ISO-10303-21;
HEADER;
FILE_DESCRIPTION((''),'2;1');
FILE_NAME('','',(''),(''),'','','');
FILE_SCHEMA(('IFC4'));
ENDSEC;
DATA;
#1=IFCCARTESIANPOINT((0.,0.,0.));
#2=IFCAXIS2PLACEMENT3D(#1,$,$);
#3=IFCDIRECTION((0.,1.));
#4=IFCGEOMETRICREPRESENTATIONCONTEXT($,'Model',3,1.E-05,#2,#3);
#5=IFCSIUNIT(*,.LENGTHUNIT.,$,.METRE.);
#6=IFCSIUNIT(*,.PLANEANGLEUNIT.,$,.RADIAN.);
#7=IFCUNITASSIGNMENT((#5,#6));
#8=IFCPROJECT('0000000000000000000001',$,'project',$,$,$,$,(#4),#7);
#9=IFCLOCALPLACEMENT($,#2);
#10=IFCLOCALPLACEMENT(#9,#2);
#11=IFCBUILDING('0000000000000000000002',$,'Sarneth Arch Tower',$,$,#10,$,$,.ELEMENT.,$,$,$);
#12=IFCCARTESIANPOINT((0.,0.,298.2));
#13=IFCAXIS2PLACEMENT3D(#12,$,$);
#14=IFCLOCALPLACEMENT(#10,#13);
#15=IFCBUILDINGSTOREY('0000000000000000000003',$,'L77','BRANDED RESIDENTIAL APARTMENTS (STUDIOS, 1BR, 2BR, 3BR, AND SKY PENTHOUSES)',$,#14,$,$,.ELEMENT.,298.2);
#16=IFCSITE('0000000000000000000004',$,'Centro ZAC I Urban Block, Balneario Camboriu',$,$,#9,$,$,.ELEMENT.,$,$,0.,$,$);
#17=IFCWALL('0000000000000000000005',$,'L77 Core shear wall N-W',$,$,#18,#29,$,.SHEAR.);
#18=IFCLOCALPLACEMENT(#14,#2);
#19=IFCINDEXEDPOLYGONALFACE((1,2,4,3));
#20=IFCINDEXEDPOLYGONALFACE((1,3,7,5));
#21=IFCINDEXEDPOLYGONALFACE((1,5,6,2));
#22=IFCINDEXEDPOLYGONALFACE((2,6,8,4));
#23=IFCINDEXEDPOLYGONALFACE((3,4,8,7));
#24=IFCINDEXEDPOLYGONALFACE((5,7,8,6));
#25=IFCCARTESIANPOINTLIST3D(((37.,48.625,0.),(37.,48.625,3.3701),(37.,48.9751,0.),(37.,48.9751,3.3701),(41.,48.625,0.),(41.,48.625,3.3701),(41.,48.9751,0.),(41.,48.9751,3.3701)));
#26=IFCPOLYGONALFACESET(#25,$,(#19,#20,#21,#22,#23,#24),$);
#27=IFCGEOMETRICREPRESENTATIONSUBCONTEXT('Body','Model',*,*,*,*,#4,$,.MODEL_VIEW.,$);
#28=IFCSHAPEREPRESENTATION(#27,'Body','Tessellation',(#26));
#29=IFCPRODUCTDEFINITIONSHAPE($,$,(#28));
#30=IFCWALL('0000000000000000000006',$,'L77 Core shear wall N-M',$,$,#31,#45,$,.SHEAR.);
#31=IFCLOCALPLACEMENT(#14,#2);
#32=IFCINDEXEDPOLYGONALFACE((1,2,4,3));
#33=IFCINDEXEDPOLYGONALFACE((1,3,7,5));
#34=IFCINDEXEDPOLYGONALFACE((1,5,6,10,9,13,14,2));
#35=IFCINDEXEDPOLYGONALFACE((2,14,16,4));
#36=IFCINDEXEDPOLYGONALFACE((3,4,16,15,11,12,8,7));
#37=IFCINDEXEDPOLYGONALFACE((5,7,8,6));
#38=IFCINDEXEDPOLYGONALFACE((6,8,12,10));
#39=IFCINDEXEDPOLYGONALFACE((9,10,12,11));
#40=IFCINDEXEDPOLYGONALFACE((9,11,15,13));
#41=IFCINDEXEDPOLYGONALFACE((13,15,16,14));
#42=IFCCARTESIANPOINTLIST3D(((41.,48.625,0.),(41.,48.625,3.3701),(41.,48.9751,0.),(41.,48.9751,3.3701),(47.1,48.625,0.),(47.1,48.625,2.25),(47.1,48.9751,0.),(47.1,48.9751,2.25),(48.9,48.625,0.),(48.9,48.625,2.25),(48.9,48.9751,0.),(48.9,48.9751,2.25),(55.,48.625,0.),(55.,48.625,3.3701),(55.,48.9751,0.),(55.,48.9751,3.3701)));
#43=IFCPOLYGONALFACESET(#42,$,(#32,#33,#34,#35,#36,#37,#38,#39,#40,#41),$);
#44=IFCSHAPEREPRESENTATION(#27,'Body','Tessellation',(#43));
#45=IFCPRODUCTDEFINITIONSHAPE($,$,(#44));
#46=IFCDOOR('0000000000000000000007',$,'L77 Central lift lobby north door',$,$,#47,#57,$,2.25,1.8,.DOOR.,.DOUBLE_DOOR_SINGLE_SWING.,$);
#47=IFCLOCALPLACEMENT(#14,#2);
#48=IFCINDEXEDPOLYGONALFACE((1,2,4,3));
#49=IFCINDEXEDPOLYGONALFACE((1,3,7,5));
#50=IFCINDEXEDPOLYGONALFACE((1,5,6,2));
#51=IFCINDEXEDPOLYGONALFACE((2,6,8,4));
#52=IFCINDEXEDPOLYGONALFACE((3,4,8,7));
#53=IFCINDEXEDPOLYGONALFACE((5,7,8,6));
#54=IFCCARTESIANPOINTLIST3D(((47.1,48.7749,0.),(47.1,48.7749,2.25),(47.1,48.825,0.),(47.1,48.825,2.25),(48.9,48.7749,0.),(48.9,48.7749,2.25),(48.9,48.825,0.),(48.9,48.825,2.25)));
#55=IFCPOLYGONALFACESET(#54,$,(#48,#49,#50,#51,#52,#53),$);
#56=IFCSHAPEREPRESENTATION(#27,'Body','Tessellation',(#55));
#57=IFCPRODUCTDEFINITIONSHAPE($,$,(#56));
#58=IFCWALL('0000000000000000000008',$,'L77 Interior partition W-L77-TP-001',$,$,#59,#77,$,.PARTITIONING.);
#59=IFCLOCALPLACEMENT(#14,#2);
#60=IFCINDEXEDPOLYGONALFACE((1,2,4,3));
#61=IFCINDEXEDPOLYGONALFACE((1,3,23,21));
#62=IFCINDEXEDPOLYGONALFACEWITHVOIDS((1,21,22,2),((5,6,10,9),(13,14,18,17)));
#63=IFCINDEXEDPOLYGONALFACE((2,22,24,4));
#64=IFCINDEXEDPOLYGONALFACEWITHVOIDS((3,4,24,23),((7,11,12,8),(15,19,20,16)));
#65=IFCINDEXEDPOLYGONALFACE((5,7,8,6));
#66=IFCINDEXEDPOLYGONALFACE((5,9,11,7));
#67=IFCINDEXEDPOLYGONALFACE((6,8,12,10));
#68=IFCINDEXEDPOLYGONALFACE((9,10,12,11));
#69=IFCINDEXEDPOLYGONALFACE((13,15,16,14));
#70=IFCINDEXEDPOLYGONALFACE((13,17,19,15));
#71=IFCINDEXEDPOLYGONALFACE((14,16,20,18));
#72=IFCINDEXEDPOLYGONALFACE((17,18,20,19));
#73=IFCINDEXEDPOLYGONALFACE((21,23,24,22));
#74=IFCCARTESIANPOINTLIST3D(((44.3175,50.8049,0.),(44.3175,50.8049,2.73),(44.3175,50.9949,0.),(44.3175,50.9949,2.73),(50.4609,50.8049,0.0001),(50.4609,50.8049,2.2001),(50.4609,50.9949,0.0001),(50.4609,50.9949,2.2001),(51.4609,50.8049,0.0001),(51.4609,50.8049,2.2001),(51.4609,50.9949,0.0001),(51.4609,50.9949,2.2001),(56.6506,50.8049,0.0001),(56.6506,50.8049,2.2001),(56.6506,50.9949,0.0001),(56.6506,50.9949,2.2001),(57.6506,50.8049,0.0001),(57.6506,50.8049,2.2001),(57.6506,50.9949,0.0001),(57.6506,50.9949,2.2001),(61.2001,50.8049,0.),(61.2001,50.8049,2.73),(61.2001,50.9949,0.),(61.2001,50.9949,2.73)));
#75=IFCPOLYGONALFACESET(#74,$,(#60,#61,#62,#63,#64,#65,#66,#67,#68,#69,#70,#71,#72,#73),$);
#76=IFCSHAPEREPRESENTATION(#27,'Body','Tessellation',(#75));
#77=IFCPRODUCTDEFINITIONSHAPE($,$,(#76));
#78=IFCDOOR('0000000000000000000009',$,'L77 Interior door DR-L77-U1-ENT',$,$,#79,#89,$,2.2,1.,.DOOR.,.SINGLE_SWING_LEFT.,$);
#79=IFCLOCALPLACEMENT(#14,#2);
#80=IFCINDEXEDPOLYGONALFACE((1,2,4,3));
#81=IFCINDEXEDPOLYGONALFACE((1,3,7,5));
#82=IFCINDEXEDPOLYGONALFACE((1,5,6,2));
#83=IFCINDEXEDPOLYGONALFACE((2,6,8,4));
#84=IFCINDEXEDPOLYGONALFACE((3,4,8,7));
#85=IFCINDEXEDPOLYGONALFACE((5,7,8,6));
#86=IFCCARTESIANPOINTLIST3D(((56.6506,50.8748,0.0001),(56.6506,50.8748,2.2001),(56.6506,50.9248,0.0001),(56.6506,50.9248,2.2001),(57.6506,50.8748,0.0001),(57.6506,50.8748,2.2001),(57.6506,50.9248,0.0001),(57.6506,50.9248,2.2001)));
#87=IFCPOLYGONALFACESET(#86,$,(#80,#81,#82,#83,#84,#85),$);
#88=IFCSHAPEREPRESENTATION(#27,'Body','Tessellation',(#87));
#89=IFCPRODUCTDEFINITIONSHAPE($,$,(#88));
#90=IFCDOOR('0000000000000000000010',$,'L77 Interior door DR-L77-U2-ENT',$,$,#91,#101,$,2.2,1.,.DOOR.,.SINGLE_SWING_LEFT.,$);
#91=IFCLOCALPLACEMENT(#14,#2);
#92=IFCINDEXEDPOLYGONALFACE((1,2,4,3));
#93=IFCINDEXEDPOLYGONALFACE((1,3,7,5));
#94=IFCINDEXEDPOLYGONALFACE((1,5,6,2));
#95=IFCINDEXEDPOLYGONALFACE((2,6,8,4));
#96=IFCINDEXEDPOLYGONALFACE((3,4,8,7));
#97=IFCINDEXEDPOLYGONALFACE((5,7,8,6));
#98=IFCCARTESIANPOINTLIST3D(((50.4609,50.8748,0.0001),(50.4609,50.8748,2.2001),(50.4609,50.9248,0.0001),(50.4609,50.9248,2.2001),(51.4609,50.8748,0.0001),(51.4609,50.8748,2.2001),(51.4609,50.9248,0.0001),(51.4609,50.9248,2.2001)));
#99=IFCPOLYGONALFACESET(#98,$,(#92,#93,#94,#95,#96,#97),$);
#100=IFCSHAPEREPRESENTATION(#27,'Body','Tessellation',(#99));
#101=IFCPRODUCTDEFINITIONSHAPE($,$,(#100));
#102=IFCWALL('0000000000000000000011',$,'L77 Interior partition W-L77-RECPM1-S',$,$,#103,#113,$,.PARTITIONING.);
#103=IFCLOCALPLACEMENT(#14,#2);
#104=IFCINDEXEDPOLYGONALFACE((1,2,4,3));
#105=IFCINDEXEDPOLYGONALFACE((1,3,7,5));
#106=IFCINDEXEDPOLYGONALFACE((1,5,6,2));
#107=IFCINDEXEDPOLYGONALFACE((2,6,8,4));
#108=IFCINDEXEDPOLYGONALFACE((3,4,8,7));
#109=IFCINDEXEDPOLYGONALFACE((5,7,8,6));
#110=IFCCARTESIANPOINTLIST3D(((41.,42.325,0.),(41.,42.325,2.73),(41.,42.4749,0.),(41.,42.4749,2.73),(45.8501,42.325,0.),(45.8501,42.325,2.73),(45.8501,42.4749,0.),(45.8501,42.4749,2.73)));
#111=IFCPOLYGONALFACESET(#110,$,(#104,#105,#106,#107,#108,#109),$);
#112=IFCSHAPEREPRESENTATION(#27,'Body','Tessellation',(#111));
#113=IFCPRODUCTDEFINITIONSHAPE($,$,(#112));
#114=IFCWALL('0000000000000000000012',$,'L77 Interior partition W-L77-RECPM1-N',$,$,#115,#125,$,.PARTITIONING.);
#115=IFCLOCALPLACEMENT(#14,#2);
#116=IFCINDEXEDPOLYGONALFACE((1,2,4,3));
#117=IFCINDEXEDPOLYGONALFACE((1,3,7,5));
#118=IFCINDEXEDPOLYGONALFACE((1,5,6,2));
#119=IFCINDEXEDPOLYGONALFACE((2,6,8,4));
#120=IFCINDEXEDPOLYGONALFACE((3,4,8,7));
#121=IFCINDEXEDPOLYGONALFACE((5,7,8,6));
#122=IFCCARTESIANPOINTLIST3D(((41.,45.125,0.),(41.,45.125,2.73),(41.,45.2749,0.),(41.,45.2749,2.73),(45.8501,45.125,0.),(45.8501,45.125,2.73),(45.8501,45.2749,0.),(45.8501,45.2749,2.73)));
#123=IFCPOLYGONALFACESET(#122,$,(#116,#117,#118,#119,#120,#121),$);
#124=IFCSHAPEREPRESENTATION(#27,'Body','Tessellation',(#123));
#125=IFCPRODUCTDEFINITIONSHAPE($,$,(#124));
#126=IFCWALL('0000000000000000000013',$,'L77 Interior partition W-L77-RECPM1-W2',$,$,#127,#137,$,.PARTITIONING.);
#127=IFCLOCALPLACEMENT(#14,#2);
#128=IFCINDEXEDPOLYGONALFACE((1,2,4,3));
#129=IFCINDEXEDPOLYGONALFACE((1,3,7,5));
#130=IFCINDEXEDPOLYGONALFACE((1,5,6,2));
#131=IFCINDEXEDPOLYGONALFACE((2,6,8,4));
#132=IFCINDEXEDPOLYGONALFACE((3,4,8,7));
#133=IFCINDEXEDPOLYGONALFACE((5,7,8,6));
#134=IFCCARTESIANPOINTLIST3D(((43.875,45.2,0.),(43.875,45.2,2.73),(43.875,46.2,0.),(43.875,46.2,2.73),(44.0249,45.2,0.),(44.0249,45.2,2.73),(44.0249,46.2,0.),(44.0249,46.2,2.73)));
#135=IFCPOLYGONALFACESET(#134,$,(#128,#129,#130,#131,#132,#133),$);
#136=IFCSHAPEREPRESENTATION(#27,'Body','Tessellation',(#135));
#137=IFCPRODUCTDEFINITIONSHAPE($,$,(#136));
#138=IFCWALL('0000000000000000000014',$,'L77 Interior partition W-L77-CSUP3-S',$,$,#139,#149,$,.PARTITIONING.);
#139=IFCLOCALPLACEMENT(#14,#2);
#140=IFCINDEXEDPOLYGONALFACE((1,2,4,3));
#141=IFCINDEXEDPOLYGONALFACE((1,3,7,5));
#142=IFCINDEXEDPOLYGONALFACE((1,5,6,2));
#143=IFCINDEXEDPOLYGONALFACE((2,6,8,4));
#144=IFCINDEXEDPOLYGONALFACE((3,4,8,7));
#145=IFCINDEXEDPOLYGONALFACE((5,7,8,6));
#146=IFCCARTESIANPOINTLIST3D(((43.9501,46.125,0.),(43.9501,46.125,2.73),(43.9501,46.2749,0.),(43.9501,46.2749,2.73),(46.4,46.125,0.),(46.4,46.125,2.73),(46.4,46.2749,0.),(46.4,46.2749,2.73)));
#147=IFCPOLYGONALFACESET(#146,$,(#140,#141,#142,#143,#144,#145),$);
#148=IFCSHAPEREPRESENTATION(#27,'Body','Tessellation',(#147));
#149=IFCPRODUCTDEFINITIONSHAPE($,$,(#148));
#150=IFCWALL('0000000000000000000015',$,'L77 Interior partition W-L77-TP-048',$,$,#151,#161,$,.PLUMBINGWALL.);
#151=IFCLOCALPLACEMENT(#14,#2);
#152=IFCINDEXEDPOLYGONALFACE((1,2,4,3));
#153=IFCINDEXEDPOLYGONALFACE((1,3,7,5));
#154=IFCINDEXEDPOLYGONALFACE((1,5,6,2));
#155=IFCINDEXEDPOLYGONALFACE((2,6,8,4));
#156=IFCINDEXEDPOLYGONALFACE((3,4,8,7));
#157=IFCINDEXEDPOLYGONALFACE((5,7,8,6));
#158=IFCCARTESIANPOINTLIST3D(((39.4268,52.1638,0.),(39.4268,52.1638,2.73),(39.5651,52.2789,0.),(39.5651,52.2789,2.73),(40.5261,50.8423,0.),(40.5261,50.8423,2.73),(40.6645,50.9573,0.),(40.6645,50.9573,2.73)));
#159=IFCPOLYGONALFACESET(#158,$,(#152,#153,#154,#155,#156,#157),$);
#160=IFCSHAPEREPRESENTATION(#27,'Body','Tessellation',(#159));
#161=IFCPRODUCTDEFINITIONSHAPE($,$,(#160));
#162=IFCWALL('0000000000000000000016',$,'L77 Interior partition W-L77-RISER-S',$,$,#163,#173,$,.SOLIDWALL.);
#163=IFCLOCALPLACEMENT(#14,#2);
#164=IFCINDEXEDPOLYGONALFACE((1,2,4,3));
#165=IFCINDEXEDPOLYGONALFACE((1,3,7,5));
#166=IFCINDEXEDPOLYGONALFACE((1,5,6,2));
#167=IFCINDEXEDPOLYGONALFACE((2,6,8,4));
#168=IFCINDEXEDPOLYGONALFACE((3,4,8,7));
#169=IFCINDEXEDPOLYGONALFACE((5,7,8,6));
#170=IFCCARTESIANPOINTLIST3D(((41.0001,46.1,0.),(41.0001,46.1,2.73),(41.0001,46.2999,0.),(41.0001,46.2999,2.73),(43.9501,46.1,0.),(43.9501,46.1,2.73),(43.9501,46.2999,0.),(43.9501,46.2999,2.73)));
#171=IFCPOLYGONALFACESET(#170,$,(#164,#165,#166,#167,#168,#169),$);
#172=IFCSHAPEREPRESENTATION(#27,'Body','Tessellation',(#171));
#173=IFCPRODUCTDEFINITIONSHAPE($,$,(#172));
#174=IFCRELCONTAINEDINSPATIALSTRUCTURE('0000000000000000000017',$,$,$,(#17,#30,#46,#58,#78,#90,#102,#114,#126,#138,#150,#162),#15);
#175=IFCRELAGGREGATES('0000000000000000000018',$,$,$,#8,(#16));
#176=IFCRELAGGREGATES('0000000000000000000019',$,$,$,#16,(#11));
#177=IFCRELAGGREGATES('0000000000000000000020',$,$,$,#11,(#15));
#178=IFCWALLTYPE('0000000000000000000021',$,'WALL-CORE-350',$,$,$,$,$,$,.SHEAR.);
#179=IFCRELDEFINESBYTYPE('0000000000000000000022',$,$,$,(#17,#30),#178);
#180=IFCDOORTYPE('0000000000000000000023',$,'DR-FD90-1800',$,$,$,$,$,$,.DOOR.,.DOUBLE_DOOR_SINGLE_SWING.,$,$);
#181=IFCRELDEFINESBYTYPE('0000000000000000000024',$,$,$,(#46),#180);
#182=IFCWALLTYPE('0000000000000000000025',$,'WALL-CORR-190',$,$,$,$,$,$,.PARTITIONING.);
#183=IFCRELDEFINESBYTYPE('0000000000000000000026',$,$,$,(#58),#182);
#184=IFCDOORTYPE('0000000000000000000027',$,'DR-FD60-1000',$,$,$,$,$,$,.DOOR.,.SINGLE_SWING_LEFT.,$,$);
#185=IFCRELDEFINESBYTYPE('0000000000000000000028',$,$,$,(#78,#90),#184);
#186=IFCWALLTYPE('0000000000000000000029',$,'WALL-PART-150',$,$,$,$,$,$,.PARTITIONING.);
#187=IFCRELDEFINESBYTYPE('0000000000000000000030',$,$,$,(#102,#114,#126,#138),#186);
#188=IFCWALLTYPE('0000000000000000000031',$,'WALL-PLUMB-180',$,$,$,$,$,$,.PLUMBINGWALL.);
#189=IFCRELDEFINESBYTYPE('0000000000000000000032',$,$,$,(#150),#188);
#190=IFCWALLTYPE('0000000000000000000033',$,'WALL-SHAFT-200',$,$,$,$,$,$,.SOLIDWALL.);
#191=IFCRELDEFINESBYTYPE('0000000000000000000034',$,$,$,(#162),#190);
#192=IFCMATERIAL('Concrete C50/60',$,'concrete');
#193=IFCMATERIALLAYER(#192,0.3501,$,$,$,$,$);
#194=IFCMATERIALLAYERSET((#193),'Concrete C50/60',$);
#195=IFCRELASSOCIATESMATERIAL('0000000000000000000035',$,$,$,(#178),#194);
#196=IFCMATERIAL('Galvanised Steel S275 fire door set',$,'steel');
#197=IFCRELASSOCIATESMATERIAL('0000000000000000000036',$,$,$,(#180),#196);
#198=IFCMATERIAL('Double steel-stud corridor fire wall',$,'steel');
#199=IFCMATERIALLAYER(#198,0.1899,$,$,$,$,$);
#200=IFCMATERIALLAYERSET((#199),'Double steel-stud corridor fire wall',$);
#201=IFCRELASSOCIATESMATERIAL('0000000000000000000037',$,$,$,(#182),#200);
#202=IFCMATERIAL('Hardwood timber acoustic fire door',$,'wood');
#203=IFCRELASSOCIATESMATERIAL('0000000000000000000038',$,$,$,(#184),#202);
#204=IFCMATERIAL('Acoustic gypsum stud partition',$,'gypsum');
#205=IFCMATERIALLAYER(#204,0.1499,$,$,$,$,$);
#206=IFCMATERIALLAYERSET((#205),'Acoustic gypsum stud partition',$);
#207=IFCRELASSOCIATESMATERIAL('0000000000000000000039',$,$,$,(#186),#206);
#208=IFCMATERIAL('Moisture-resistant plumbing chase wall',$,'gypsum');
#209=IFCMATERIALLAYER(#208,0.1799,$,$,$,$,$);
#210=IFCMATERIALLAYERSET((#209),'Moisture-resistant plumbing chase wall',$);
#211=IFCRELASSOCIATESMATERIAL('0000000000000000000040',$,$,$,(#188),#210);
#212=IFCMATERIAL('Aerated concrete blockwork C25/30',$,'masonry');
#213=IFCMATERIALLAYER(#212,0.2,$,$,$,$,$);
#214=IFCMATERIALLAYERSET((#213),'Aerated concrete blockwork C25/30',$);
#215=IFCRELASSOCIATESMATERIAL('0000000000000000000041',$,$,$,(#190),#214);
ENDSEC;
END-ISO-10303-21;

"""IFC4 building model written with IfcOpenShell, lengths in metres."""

from ifc_helpers import new_model, si_unit, direction, frame, frame_2d, origin, place, context, subcontext, project, spatial, rectangle, extrude, material, layer, layer_set, type_object, element, fill, save


model = new_model("IFC4")

# Units and contexts
model_context = context("Model", 3, precision=1e-05, world=origin(), true_north=direction((0.0, 1.0)))
body_context = subcontext(model_context, "Body", "Model", "MODEL_VIEW")
ifc_project = project(units=[si_unit("LENGTHUNIT", "METRE"), si_unit("PLANEANGLEUNIT", "RADIAN")], contexts=[model_context])

# Site, building, storey
site_placement = place(None, origin())
site = spatial("IfcSite", under=ifc_project, at=site_placement, Name="Centro ZAC I Urban Block, Balneario Camboriu", CompositionType="ELEMENT", RefElevation=0.0)
building_placement = place(site_placement, origin())
building = spatial("IfcBuilding", under=site, at=building_placement, Name="Sarneth Arch Tower", CompositionType="ELEMENT")
storey_placement = place(building_placement, frame((0.0, 0.0, 298.2)))
storey = spatial("IfcBuildingStorey", under=building, at=storey_placement, Name="L77", Description="BRANDED RESIDENTIAL APARTMENTS (STUDIOS, 1BR, 2BR, 3BR, AND SKY PENTHOUSES)", CompositionType="ELEMENT", Elevation=298.2)

# Wall
ifc_material_1 = material(Name="Concrete C50/60", Category="concrete")
ifc_layer_1 = layer(ifc_material_1, 0.3501)
ifc_layer_set_1 = layer_set([ifc_layer_1], Name="Concrete C50/60")
wall_type_1 = type_object("IfcWallType", Name="WALL-CORE-350", PredefinedType="SHEAR", material=ifc_layer_set_1)
wall_1_placement = place(storey_placement, frame((37.0, 48.8, 0.0), z_axis=(0.0, 0.0, 1.0), x_axis=(1.0, 0.0, 0.0)))
element("IfcWall", 1, at=wall_1_placement, inside=storey, type_object=wall_type_1, Name="L77 Core shear wall N-W", PredefinedType="SHEAR", context=body_context, shape_type="SweptSolid", body=[
    extrude(rectangle(XDim=4.0, YDim=0.3501, at=frame_2d((2.0, 0.0))), origin(), (0.0, 0.0, 1.0), 3.3701),
])

# Wall, opening, door
wall_2_placement = place(storey_placement, frame((41.0, 48.8, 0.0), z_axis=(0.0, 0.0, 1.0), x_axis=(1.0, 0.0, 0.0)))
wall_2 = element("IfcWall", 2, at=wall_2_placement, inside=storey, type_object=wall_type_1, Name="L77 Core shear wall N-M", PredefinedType="SHEAR", context=body_context, shape_type="SweptSolid", body=[
    extrude(rectangle(XDim=14.0, YDim=0.3501, at=frame_2d((7.0, 0.0))), origin(), (0.0, 0.0, 1.0), 3.3701),
])
opening_1_placement = place(wall_2_placement, frame((6.1001, 0.0, 0.0)))
opening_1 = element("IfcOpeningElement", 3, at=opening_1_placement, cuts=wall_2, PredefinedType="OPENING", context=body_context, shape_type="SweptSolid", body=[
    extrude(rectangle(XDim=1.8, YDim=2.25, at=frame_2d((0.8999, 1.125))), frame((0.0, 0.1851, 0.0), z_axis=(0.0, -1.0, 0.0), x_axis=(1.0, 0.0, 0.0)), (0.0, 0.0, 1.0), 0.3701),
])
ifc_material_2 = material(Name="Galvanised Steel S275 fire door set", Category="steel")
door_type_1 = type_object("IfcDoorType", Name="DR-FD90-1800", OperationType="DOUBLE_DOOR_SINGLE_SWING", PredefinedType="DOOR", material=ifc_material_2)
door_1_placement = place(opening_1_placement, origin())
door_1 = element("IfcDoor", 4, at=door_1_placement, inside=storey, type_object=door_type_1, Name="L77 Central lift lobby north door", OperationType="DOUBLE_DOOR_SINGLE_SWING", OverallHeight=2.25, OverallWidth=1.8, PredefinedType="DOOR", context=body_context, shape_type="SweptSolid", body=[
    extrude(rectangle(XDim=1.8, YDim=2.25, at=frame_2d((0.8999, 1.125))), frame((0.0, 0.0249, 0.0), z_axis=(0.0, -1.0, 0.0), x_axis=(1.0, 0.0, 0.0)), (0.0, 0.0, 1.0), 0.05),
])
fill(opening_1, door_1)

# Wall, openings, doors
ifc_material_3 = material(Name="Double steel-stud corridor fire wall", Category="steel")
ifc_layer_2 = layer(ifc_material_3, 0.1899)
ifc_layer_set_2 = layer_set([ifc_layer_2], Name="Double steel-stud corridor fire wall")
wall_type_2 = type_object("IfcWallType", Name="WALL-CORR-190", PredefinedType="PARTITIONING", material=ifc_layer_set_2)
wall_3_placement = place(storey_placement, frame((44.3174, 50.8999, 0.0), z_axis=(0.0, 0.0, 1.0), x_axis=(1.0, 0.0, 0.0)))
wall_3 = element("IfcWall", 5, at=wall_3_placement, inside=storey, type_object=wall_type_2, Name="L77 Interior partition W-L77-TP-001", PredefinedType="PARTITIONING", context=body_context, shape_type="SweptSolid", body=[
    extrude(rectangle(XDim=16.8826, YDim=0.1899, at=frame_2d((8.4414, 0.0))), origin(), (0.0, 0.0, 1.0), 2.73),
])
opening_2_placement = place(wall_3_placement, frame((12.3333, 0.0, 0.0)))
opening_2 = element("IfcOpeningElement", 6, at=opening_2_placement, cuts=wall_3, PredefinedType="OPENING", context=body_context, shape_type="SweptSolid", body=[
    extrude(rectangle(XDim=1.0, YDim=2.2, at=frame_2d((0.5, 1.1001))), frame((0.0, 0.105, 0.0), z_axis=(0.0, -1.0, 0.0), x_axis=(1.0, 0.0, 0.0)), (0.0, 0.0, 1.0), 0.21),
])
opening_3_placement = place(wall_3_placement, frame((6.1436, 0.0, 0.0)))
opening_3 = element("IfcOpeningElement", 7, at=opening_3_placement, cuts=wall_3, PredefinedType="OPENING", context=body_context, shape_type="SweptSolid", body=[
    extrude(rectangle(XDim=1.0, YDim=2.2, at=frame_2d((0.5, 1.1001))), frame((0.0, 0.105, 0.0), z_axis=(0.0, -1.0, 0.0), x_axis=(1.0, 0.0, 0.0)), (0.0, 0.0, 1.0), 0.21),
])
ifc_material_4 = material(Name="Hardwood timber acoustic fire door", Category="wood")
door_type_2 = type_object("IfcDoorType", Name="DR-FD60-1000", OperationType="SINGLE_SWING_LEFT", PredefinedType="DOOR", material=ifc_material_4)
door_2_placement = place(opening_2_placement, origin())
door_2 = element("IfcDoor", 8, at=door_2_placement, inside=storey, type_object=door_type_2, Name="L77 Interior door DR-L77-U1-ENT", OperationType="SINGLE_SWING_LEFT", OverallHeight=2.2, OverallWidth=1.0, PredefinedType="DOOR", context=body_context, shape_type="SweptSolid", body=[
    extrude(rectangle(XDim=1.0, YDim=2.2, at=frame_2d((0.5, 1.1001))), frame((0.0, 0.0249, 0.0), z_axis=(0.0, -1.0, 0.0), x_axis=(1.0, 0.0, 0.0)), (0.0, 0.0, 1.0), 0.05),
])
fill(opening_2, door_2)
door_3_placement = place(opening_3_placement, origin())
door_3 = element("IfcDoor", 9, at=door_3_placement, inside=storey, type_object=door_type_2, Name="L77 Interior door DR-L77-U2-ENT", OperationType="SINGLE_SWING_LEFT", OverallHeight=2.2, OverallWidth=1.0, PredefinedType="DOOR", context=body_context, shape_type="SweptSolid", body=[
    extrude(rectangle(XDim=1.0, YDim=2.2, at=frame_2d((0.5, 1.1001))), frame((0.0, 0.0249, 0.0), z_axis=(0.0, -1.0, 0.0), x_axis=(1.0, 0.0, 0.0)), (0.0, 0.0, 1.0), 0.05),
])
fill(opening_3, door_3)

# Walls
ifc_material_5 = material(Name="Acoustic gypsum stud partition", Category="gypsum")
ifc_layer_3 = layer(ifc_material_5, 0.1499)
ifc_layer_set_3 = layer_set([ifc_layer_3], Name="Acoustic gypsum stud partition")
wall_type_3 = type_object("IfcWallType", Name="WALL-PART-150", PredefinedType="PARTITIONING", material=ifc_layer_set_3)
for number, where, z_axis, x_axis, name in (
    (10, (41.0, 42.3999, 0.0), (0.0, 0.0, 1.0), (1.0, 0.0, 0.0), "L77 Interior partition W-L77-RECPM1-S"),
    (11, (41.0, 45.2, 0.0), (0.0, 0.0, 1.0), (1.0, 0.0, 0.0), "L77 Interior partition W-L77-RECPM1-N"),
):
    element("IfcWall", number, at=place(storey_placement, frame(where, z_axis=z_axis, x_axis=x_axis)), inside=storey, type_object=wall_type_3, Name=name, PredefinedType="PARTITIONING", context=body_context, shape_type="SweptSolid", body=[
        extrude(rectangle(XDim=4.8501, YDim=0.1499, at=frame_2d((2.425, 0.0))), origin(), (0.0, 0.0, 1.0), 2.73),
    ])
wall_4_placement = place(storey_placement, frame((43.95, 45.2, 0.0), z_axis=(0.0, 0.0, 1.0), x_axis=(0.0, 1.0, 0.0)))
element("IfcWall", 12, at=wall_4_placement, inside=storey, type_object=wall_type_3, Name="L77 Interior partition W-L77-RECPM1-W2", PredefinedType="PARTITIONING", context=body_context, shape_type="SweptSolid", body=[
    extrude(rectangle(XDim=1.0, YDim=0.1499, at=frame_2d((0.5, 0.0))), origin(), (0.0, 0.0, 1.0), 2.73),
])

# Wall
wall_5_placement = place(storey_placement, frame((43.95, 46.2, 0.0), z_axis=(0.0, 0.0, 1.0), x_axis=(1.0, 0.0, 0.0)))
element("IfcWall", 13, at=wall_5_placement, inside=storey, type_object=wall_type_3, Name="L77 Interior partition W-L77-CSUP3-S", PredefinedType="PARTITIONING", context=body_context, shape_type="SweptSolid", body=[
    extrude(rectangle(XDim=2.45, YDim=0.1499, at=frame_2d((1.2251, 0.0))), origin(), (0.0, 0.0, 1.0), 2.73),
])

# Walls
ifc_material_6 = material(Name="Moisture-resistant plumbing chase wall", Category="gypsum")
ifc_layer_4 = layer(ifc_material_6, 0.1799)
ifc_layer_set_4 = layer_set([ifc_layer_4], Name="Moisture-resistant plumbing chase wall")
wall_type_4 = type_object("IfcWallType", Name="WALL-PLUMB-180", PredefinedType="PLUMBINGWALL", material=ifc_layer_set_4)
wall_6_placement = place(storey_placement, frame((40.5952, 50.8999, 0.0), z_axis=(0.0, 0.0, 1.0), x_axis=(-0.639528, 0.768768, 0.0)))
element("IfcWall", 14, at=wall_6_placement, inside=storey, type_object=wall_type_4, Name="L77 Interior partition W-L77-TP-048", PredefinedType="PLUMBINGWALL", context=body_context, shape_type="SweptSolid", body=[
    extrude(rectangle(XDim=1.719, YDim=0.1799, at=frame_2d((0.8594, 0.0))), origin(), (0.0, 0.0, 1.0), 2.73),
])
ifc_material_7 = material(Name="Aerated concrete blockwork C25/30", Category="masonry")
ifc_layer_5 = layer(ifc_material_7, 0.2)
ifc_layer_set_5 = layer_set([ifc_layer_5], Name="Aerated concrete blockwork C25/30")
wall_type_5 = type_object("IfcWallType", Name="WALL-SHAFT-200", PredefinedType="SOLIDWALL", material=ifc_layer_set_5)
wall_7_placement = place(storey_placement, frame((41.0, 46.2, 0.0), z_axis=(0.0, 0.0, 1.0), x_axis=(1.0, 0.0, 0.0)))
element("IfcWall", 15, at=wall_7_placement, inside=storey, type_object=wall_type_5, Name="L77 Interior partition W-L77-RISER-S", PredefinedType="SOLIDWALL", context=body_context, shape_type="SweptSolid", body=[
    extrude(rectangle(XDim=2.95, YDim=0.2, at=frame_2d((1.4751, 0.0))), origin(), (0.0, 0.0, 1.0), 2.73),
])

save(model, "model.ifc")
